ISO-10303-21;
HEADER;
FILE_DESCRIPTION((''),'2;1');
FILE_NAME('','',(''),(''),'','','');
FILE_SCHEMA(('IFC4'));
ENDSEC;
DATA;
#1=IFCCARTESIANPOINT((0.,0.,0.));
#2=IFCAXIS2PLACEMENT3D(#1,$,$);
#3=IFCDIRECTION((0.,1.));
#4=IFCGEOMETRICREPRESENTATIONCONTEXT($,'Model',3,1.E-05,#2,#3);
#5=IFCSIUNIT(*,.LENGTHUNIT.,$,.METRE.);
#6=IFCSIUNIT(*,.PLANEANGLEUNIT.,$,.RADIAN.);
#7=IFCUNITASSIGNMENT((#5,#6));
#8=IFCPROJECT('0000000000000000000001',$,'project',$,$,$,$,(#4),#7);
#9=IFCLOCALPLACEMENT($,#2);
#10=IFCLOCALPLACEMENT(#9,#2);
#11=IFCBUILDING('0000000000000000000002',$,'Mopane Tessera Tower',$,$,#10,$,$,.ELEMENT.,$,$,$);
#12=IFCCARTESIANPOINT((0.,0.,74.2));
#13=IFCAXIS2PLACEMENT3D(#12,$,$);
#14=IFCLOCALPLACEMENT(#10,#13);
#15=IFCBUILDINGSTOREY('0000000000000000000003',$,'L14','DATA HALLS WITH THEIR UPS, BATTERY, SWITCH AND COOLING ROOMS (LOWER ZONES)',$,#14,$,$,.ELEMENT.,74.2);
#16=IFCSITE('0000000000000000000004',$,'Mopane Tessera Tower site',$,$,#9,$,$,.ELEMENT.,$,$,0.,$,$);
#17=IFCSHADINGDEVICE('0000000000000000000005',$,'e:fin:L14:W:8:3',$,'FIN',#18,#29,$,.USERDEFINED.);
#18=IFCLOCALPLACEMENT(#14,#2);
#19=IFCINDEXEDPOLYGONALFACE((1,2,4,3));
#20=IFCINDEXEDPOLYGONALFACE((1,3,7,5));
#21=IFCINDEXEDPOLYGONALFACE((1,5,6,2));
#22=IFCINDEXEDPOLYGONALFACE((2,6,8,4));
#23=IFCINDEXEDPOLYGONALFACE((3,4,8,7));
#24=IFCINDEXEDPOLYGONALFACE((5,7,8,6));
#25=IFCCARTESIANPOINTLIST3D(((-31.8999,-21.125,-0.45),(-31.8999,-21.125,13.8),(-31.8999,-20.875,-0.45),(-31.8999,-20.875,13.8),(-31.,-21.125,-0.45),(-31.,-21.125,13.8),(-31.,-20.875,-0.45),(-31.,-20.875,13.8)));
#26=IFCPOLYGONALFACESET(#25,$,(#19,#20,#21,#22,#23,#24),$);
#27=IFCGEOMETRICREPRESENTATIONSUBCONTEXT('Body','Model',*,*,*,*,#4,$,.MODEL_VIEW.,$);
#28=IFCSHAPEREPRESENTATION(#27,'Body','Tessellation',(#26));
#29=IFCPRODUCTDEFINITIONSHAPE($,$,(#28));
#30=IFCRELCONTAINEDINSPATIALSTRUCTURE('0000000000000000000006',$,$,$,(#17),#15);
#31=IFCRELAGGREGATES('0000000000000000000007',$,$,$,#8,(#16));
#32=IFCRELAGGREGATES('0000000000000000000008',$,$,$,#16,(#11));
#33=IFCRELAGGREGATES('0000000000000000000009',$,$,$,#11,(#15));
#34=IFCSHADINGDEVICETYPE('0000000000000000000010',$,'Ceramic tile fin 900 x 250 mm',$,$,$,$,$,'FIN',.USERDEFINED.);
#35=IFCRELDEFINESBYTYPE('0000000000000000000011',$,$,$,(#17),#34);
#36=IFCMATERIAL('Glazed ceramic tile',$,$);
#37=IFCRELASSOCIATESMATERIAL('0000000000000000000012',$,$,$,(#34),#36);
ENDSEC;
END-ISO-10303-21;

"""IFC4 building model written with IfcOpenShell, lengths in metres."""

from ifc_helpers import new_model, si_unit, direction, frame, origin, origin_2d, place, context, subcontext, project, spatial, rectangle, extrude, material, type_object, element, save


model = new_model("IFC4")

# Units and contexts
model_context = context("Model", 3, precision=1e-05, world=origin(), true_north=direction((0.0, 1.0)))
body_context = subcontext(model_context, "Body", "Model", "MODEL_VIEW")
ifc_project = project(units=[si_unit("LENGTHUNIT", "METRE"), si_unit("PLANEANGLEUNIT", "RADIAN")], contexts=[model_context])

# Site, building, storey
site_placement = place(None, origin())
site = spatial("IfcSite", under=ifc_project, at=site_placement, Name="Mopane Tessera Tower site", CompositionType="ELEMENT", RefElevation=0.0)
building_placement = place(site_placement, origin())
building = spatial("IfcBuilding", under=site, at=building_placement, Name="Mopane Tessera Tower", CompositionType="ELEMENT")
storey_placement = place(building_placement, frame((0.0, 0.0, 74.2)))
storey = spatial("IfcBuildingStorey", under=building, at=storey_placement, Name="L14", Description="DATA HALLS WITH THEIR UPS, BATTERY, SWITCH AND COOLING ROOMS (LOWER ZONES)", CompositionType="ELEMENT", Elevation=74.2)

# Shading device
ifc_material_1 = material(Name="Glazed ceramic tile")
shading_device_type = type_object("IfcShadingDeviceType", Name="Ceramic tile fin 900 x 250 mm", ElementType="FIN", PredefinedType="USERDEFINED", material=ifc_material_1)
for number, where, z_axis, x_axis, name in (
    (1, (-31.45, -21.0, -0.45), (0.0, 0.0, 1.0), (0.0, -1.0, 0.0), "e:fin:L14:W:8:3"),
):
    element("IfcShadingDevice", number, at=place(storey_placement, frame(where, z_axis=z_axis, x_axis=x_axis)), inside=storey, type_object=shading_device_type, Name=name, ObjectType="FIN", PredefinedType="USERDEFINED", context=body_context, shape_type="SweptSolid", body=[
        extrude(rectangle(XDim=0.25, YDim=0.8999, at=origin_2d()), origin(), (0.0, 0.0, 1.0), 14.25),
    ])

save(model, "model.ifc")
